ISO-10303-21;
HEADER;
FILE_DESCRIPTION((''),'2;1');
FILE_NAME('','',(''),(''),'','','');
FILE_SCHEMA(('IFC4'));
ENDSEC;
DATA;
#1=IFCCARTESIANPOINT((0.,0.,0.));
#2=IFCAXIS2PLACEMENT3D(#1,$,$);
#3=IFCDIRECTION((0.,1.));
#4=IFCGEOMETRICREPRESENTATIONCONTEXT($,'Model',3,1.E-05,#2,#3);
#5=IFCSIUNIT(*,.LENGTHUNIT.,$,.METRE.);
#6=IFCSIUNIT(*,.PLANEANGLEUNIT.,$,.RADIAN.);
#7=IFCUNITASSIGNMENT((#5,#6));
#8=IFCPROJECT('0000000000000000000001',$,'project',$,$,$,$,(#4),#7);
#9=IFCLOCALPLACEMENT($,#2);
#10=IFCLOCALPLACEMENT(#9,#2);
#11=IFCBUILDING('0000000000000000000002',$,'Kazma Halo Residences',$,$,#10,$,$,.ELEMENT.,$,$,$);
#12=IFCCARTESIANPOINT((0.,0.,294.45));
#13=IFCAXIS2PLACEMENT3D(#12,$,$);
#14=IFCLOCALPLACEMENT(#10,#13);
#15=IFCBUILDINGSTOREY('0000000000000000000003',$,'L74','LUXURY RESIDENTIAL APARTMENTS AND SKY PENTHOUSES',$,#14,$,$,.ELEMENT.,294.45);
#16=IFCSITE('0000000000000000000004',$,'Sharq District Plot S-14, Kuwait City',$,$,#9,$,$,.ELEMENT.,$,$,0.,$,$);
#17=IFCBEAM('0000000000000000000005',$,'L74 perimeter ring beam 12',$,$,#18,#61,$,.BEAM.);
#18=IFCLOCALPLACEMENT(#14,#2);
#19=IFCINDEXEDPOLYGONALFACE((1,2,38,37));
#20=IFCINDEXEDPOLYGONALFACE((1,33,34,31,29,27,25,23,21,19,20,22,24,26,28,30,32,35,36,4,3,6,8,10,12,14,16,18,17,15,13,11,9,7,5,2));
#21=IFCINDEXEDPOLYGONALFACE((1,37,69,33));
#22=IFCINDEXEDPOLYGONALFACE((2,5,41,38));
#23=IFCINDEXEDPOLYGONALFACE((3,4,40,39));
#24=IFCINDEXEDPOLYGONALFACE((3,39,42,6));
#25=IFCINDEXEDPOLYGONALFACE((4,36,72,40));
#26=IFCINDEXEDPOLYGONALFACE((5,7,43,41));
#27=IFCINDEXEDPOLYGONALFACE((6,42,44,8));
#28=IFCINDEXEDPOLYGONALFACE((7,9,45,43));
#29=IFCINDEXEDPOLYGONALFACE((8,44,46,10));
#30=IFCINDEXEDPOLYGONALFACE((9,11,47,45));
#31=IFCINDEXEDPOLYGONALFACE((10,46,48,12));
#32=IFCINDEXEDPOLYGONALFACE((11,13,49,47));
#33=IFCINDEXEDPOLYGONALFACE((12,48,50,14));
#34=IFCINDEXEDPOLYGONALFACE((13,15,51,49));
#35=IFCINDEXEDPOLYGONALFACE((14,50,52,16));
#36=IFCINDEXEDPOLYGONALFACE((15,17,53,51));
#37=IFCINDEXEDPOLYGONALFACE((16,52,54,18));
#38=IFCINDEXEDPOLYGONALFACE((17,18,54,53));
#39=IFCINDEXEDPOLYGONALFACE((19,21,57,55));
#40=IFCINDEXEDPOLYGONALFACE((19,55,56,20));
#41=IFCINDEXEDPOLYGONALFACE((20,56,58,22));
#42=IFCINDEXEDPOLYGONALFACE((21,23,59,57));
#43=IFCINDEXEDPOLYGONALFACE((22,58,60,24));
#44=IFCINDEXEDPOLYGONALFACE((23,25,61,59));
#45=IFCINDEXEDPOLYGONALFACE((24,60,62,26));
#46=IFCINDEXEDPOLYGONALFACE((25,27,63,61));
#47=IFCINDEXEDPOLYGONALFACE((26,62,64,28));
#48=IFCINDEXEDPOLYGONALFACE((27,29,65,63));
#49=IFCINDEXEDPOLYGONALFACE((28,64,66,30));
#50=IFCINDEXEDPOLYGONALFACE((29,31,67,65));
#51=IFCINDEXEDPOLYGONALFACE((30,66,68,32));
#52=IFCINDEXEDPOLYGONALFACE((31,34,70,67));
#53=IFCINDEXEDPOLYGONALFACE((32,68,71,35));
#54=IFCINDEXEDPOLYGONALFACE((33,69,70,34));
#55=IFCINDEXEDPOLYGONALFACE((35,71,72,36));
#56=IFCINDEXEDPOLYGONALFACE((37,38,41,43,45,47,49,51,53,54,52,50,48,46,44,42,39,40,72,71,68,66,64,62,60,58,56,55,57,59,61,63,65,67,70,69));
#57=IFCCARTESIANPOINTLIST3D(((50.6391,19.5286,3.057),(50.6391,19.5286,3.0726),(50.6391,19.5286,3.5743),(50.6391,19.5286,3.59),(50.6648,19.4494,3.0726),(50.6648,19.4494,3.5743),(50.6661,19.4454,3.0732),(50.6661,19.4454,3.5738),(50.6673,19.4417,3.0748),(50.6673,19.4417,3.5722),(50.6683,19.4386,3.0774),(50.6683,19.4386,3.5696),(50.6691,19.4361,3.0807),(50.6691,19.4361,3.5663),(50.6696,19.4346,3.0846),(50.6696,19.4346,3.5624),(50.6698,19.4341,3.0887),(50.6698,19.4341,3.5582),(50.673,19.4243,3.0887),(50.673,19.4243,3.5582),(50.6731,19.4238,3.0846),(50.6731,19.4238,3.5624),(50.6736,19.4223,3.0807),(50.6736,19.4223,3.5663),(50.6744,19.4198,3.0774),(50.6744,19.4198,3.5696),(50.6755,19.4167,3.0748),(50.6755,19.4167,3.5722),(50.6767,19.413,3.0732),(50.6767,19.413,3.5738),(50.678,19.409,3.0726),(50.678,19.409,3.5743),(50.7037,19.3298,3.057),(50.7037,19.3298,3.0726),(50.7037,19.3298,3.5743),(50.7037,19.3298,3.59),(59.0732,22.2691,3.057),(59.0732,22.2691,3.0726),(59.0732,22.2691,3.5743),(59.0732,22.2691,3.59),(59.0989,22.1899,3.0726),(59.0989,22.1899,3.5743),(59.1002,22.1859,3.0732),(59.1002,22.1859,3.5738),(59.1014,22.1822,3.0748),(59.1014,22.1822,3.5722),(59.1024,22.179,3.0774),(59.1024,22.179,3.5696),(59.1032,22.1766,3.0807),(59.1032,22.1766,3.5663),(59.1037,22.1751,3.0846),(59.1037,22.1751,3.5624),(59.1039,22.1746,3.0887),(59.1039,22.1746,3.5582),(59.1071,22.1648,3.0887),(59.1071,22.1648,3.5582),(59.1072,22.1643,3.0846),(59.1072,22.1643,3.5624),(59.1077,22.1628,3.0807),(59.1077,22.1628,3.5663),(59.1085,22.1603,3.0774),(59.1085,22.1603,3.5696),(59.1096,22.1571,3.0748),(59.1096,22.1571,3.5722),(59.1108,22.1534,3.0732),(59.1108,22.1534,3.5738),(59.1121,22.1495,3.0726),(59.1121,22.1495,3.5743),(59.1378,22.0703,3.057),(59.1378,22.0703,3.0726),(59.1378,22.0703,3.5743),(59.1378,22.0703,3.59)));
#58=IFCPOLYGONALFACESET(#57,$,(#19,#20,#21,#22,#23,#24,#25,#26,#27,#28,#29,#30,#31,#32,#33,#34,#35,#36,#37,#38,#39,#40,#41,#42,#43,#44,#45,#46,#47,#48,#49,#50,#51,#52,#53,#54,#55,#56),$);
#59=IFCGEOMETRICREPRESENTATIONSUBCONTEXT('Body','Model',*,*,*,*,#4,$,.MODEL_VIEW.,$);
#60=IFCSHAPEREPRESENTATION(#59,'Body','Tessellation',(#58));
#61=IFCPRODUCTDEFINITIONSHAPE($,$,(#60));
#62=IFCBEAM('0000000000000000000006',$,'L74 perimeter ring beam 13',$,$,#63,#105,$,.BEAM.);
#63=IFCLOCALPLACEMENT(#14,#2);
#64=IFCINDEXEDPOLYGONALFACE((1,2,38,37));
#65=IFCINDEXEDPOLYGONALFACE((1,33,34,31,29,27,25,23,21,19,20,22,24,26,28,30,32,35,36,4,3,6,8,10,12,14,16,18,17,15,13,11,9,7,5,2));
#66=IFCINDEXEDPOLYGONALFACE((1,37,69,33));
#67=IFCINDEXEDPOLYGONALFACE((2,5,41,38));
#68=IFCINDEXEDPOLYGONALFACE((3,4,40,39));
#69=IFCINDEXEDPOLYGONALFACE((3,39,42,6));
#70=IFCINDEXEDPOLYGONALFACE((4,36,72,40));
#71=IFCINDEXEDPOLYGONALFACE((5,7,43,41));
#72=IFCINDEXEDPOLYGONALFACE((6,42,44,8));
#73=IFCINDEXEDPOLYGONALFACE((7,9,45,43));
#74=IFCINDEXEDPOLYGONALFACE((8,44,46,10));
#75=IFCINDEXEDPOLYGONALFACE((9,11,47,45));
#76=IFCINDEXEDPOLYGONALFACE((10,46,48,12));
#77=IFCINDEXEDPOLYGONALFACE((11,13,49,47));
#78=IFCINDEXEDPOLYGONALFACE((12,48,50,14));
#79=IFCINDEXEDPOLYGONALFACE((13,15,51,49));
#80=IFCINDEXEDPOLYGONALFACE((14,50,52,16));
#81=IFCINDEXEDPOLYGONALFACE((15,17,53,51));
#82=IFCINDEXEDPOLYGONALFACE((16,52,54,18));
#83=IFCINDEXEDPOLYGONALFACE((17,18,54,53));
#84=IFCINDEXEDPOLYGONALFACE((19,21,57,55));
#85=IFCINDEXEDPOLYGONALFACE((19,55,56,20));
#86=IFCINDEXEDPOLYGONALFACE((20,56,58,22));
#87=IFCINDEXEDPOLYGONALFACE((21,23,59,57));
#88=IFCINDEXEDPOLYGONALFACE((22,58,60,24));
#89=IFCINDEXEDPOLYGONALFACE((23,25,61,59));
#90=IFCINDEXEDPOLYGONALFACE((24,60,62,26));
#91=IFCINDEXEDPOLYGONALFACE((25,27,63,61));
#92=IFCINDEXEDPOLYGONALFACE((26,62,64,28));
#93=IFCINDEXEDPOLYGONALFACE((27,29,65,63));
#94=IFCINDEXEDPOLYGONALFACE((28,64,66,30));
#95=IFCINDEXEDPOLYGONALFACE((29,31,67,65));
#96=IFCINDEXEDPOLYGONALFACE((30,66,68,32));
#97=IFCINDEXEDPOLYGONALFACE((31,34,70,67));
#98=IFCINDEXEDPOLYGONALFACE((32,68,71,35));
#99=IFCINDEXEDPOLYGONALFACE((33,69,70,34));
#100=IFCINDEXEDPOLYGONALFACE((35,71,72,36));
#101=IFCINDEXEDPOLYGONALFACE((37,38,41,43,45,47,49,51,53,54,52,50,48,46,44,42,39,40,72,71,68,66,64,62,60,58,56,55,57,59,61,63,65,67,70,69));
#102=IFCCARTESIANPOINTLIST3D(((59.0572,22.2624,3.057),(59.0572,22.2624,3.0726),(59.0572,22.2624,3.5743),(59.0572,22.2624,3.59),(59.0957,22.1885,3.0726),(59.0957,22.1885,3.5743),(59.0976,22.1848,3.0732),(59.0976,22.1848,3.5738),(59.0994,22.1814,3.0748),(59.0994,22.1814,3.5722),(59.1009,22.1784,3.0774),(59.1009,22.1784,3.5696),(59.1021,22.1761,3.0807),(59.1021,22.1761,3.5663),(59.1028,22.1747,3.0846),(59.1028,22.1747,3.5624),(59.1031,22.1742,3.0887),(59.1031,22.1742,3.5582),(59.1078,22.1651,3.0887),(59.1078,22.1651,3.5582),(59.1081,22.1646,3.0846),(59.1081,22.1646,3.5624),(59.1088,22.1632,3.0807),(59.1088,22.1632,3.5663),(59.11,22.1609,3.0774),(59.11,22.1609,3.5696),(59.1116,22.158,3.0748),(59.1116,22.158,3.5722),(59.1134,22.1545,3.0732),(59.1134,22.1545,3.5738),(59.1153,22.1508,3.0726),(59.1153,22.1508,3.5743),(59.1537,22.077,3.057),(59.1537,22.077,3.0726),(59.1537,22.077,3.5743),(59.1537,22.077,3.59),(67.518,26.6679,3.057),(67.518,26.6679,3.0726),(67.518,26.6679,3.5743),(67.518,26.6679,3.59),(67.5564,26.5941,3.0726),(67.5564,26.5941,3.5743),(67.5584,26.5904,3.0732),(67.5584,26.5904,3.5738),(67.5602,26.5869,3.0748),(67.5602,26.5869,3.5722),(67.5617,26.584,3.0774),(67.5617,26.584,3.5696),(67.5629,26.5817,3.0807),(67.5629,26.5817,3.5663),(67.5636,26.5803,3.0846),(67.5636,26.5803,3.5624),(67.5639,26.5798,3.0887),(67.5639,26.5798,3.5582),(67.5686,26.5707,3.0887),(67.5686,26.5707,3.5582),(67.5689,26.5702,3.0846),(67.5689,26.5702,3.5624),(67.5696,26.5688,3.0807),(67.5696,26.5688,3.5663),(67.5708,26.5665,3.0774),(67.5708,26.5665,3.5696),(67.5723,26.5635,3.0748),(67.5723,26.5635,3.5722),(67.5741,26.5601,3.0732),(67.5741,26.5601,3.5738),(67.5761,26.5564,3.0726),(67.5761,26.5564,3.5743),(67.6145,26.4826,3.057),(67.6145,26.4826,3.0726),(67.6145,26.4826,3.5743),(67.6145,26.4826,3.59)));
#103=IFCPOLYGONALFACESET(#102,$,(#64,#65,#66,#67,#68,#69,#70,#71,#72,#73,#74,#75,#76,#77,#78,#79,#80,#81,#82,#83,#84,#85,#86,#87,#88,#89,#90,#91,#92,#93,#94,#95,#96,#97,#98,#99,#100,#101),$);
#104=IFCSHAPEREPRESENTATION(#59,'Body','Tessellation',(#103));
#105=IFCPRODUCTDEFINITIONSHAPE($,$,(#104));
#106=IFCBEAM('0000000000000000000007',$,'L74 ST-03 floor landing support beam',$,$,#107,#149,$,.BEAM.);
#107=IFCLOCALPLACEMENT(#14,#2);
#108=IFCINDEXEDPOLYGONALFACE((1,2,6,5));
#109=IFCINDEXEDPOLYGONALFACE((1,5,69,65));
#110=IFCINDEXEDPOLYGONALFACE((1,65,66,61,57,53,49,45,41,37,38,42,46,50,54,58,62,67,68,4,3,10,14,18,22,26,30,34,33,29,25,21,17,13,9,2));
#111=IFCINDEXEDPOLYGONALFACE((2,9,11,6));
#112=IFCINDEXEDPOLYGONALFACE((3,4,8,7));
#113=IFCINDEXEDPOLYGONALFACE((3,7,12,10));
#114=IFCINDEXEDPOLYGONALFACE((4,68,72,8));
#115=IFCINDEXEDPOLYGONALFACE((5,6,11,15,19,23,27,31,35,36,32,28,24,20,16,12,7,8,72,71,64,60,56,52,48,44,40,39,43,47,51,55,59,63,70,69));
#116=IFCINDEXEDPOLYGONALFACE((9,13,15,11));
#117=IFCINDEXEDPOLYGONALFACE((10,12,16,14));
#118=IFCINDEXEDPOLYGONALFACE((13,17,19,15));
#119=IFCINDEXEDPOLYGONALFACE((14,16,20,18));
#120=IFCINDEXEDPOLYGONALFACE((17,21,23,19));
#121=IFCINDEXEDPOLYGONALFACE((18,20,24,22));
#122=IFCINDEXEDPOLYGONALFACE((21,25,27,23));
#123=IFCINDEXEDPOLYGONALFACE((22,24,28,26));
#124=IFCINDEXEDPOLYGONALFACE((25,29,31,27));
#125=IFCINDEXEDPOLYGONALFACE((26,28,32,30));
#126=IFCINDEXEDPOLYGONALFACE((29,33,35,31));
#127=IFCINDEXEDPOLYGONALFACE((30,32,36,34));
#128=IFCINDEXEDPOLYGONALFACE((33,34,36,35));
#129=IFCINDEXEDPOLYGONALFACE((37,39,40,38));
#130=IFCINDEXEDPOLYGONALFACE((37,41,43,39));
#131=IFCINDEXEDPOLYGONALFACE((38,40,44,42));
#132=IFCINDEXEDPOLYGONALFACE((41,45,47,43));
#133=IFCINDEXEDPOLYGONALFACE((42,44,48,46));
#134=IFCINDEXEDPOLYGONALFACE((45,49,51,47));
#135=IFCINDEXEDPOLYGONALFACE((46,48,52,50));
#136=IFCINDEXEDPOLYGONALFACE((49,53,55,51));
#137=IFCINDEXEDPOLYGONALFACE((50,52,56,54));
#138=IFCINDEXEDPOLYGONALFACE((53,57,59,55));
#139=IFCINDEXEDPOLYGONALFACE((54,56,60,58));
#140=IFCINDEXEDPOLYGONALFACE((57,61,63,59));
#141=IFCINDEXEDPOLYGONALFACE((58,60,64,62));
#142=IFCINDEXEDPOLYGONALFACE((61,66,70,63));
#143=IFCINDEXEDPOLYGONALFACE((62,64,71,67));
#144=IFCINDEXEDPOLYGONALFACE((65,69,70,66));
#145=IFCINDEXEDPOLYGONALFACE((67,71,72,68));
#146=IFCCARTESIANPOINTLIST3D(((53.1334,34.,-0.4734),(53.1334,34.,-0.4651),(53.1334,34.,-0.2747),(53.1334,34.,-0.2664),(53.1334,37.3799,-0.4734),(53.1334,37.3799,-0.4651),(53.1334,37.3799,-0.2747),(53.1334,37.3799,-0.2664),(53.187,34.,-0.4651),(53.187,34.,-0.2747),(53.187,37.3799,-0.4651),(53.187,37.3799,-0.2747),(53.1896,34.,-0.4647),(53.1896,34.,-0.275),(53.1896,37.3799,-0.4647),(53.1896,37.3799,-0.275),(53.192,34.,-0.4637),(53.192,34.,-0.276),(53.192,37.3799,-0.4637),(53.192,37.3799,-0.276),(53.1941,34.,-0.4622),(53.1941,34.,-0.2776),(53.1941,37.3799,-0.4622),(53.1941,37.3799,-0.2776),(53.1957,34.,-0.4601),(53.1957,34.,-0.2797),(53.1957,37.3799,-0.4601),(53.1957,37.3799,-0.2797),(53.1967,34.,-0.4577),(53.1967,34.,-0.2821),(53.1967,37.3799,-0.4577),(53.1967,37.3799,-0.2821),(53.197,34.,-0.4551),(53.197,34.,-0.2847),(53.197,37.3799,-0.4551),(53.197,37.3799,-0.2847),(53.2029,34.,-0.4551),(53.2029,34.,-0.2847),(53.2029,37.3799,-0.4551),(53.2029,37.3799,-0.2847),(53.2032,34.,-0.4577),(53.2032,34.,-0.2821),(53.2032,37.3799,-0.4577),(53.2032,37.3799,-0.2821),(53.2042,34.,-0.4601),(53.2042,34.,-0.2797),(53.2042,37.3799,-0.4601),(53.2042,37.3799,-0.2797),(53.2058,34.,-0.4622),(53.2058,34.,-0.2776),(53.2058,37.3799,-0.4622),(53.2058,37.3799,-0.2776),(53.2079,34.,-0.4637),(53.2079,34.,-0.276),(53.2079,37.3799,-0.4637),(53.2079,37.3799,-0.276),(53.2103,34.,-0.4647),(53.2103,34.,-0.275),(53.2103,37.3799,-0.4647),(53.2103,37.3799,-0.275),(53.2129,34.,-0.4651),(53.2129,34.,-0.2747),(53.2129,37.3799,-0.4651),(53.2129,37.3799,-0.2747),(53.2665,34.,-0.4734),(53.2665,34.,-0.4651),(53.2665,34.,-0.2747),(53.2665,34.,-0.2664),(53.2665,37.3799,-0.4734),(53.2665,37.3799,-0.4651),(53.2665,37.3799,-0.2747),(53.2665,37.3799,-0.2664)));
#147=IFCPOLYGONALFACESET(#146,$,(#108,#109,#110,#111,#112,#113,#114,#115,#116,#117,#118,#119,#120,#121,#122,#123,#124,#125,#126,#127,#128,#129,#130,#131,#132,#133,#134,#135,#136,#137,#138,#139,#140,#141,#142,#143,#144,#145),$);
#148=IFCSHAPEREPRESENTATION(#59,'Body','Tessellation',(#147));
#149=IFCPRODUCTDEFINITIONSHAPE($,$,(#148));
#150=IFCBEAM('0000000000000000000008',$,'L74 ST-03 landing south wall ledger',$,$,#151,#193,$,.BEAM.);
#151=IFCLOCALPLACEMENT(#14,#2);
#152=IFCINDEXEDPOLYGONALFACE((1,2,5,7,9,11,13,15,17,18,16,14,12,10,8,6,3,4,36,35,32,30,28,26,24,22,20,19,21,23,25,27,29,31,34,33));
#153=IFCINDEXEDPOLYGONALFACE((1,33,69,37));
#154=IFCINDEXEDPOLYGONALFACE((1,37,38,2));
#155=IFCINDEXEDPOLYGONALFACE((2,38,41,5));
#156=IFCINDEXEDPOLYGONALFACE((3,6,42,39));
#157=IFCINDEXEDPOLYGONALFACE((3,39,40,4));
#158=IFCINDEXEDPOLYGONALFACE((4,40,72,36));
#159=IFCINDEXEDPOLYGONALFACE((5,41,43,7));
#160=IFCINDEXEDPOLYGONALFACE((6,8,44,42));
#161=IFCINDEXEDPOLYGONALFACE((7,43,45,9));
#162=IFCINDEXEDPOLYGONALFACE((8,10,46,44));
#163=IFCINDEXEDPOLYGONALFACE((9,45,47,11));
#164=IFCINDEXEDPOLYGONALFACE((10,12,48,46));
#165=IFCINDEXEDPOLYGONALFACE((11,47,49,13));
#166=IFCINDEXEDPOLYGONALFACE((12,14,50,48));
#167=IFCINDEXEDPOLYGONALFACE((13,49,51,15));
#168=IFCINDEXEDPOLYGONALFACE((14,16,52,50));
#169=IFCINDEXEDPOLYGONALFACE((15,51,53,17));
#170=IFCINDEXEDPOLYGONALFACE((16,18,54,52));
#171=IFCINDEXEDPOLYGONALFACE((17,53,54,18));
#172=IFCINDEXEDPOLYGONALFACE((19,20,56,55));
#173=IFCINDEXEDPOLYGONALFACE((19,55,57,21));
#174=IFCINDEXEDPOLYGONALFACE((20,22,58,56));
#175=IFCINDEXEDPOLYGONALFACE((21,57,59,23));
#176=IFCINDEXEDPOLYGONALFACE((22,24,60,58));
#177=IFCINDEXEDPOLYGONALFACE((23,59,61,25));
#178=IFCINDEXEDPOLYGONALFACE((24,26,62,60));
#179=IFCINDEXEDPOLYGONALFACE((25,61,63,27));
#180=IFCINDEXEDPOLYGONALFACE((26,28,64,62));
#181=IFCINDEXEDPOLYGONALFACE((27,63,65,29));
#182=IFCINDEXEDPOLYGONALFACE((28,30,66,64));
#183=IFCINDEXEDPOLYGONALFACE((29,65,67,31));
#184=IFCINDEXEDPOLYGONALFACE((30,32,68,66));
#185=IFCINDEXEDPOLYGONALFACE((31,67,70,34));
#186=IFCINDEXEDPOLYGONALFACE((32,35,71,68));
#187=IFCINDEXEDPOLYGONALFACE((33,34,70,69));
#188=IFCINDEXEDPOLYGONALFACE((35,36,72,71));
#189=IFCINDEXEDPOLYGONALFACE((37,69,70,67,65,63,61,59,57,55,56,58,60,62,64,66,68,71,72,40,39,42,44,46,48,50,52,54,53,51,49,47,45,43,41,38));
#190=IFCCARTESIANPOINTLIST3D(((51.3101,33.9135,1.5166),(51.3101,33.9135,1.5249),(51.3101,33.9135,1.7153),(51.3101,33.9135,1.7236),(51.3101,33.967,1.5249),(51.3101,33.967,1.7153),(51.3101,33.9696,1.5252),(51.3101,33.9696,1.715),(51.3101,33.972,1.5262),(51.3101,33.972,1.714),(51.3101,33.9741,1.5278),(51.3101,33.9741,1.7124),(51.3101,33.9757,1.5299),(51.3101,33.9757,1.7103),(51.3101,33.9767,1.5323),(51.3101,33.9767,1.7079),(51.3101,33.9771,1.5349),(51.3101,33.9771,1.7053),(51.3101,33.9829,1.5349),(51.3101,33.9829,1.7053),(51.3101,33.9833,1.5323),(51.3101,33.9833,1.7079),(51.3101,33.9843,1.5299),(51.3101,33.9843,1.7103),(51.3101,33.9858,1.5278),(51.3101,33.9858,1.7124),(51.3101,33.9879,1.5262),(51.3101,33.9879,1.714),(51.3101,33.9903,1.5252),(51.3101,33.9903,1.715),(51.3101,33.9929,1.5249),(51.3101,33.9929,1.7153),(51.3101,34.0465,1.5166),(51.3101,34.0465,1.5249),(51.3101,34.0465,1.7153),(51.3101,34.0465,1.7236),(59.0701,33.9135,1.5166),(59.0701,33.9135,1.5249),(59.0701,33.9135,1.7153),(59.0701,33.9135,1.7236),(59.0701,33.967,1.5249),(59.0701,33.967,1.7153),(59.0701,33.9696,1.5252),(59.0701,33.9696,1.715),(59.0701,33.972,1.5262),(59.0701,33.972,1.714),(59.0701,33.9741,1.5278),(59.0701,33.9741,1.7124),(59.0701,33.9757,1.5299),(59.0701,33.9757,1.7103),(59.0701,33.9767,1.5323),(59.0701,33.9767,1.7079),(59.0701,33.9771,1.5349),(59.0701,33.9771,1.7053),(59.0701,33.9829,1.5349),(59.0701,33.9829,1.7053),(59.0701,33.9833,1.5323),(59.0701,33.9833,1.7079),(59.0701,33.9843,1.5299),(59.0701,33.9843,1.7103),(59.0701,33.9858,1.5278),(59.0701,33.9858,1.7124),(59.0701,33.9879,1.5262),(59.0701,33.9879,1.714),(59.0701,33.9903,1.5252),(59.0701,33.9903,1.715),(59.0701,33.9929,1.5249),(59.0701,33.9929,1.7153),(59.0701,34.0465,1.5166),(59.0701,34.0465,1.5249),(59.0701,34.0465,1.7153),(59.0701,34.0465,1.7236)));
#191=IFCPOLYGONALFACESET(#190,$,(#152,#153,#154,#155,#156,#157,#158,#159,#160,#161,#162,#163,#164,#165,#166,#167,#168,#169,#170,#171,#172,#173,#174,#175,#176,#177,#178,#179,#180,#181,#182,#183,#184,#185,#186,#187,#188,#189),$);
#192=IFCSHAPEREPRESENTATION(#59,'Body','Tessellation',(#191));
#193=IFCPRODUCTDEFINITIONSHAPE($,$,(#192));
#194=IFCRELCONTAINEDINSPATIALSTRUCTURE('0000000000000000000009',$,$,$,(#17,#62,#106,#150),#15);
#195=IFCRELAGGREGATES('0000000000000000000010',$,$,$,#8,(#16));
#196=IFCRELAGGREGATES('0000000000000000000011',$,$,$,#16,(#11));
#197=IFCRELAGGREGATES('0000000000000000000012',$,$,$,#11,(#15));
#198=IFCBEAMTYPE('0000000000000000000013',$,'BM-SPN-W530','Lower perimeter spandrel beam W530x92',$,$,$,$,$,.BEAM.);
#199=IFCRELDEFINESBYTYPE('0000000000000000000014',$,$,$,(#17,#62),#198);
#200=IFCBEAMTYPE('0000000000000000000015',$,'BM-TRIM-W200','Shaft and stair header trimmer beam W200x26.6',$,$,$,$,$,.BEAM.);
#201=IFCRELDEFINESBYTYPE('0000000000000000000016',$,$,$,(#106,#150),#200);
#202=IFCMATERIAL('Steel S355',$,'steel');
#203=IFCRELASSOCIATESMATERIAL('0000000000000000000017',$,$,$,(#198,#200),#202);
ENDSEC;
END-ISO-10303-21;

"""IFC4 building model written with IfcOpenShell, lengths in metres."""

from ifc_helpers import new_model, si_unit, direction, frame, origin, origin_2d, place, context, subcontext, project, spatial, i_section, extrude, material, material_profile, profile_set, type_object, element, save


model = new_model("IFC4")

# Units and contexts
model_context = context("Model", 3, precision=1e-05, world=origin(), true_north=direction((0.0, 1.0)))
body_context = subcontext(model_context, "Body", "Model", "MODEL_VIEW")
ifc_project = project(units=[si_unit("LENGTHUNIT", "METRE"), si_unit("PLANEANGLEUNIT", "RADIAN")], contexts=[model_context])

# Site, building, storey
site_placement = place(None, origin())
site = spatial("IfcSite", under=ifc_project, at=site_placement, Name="Sharq District Plot S-14, Kuwait City", CompositionType="ELEMENT", RefElevation=0.0)
building_placement = place(site_placement, origin())
building = spatial("IfcBuilding", under=site, at=building_placement, Name="Kazma Halo Residences", CompositionType="ELEMENT")
storey_placement = place(building_placement, frame((0.0, 0.0, 294.45)))
storey = spatial("IfcBuildingStorey", under=building, at=storey_placement, Name="L74", Description="LUXURY RESIDENTIAL APARTMENTS AND SKY PENTHOUSES", CompositionType="ELEMENT", Elevation=294.45)

# Beams
ifc_material_1 = material(Name="Steel S355", Category="steel")
ifc_material_profile_1 = material_profile(ifc_material_1, i_section(OverallWidth=0.209, OverallDepth=0.533, WebThickness=0.0103, FlangeThickness=0.0156, FilletRadius=0.0161, at=origin_2d()), Name="W530x92")
ifc_profile_set_1 = profile_set([ifc_material_profile_1], Name="Steel S355")
beam_type_1 = type_object("IfcBeamType", Name="BM-SPN-W530", Description="Lower perimeter spandrel beam W530x92", PredefinedType="BEAM", material=ifc_profile_set_1)
beam_1_placement = place(storey_placement, frame((50.6714, 19.4292, 3.3235), z_axis=(0.951054, 0.309025, 0.0), x_axis=(-0.309025, 0.951054, 0.0)))
element("IfcBeam", 1, at=beam_1_placement, inside=storey, type_object=beam_type_1, Name="L74 perimeter ring beam 12", PredefinedType="BEAM", context=body_context, shape_type="SweptSolid", body=[
    extrude(i_section(OverallWidth=0.209, OverallDepth=0.533, WebThickness=0.0103, FlangeThickness=0.0156, FilletRadius=0.0161, at=origin_2d()), origin(), (0.0, 0.0, 1.0), 8.8682),
])
beam_2_placement = place(storey_placement, frame((59.1055, 22.1697, 3.3235), z_axis=(0.886961, 0.461844, 0.0), x_axis=(-0.461844, 0.886961, 0.0)))
element("IfcBeam", 2, at=beam_2_placement, inside=storey, type_object=beam_type_1, Name="L74 perimeter ring beam 13", PredefinedType="BEAM", context=body_context, shape_type="SweptSolid", body=[
    extrude(i_section(OverallWidth=0.209, OverallDepth=0.533, WebThickness=0.0103, FlangeThickness=0.0156, FilletRadius=0.0161, at=origin_2d()), origin(), (0.0, 0.0, 1.0), 9.5391),
])
ifc_material_profile_2 = material_profile(ifc_material_1, i_section(OverallWidth=0.1331, OverallDepth=0.207, WebThickness=0.0059, FlangeThickness=0.0083, FilletRadius=0.01, at=origin_2d()), Name="W200x26.6")
ifc_profile_set_2 = profile_set([ifc_material_profile_2], Name="Steel S355")
beam_type_2 = type_object("IfcBeamType", Name="BM-TRIM-W200", Description="Shaft and stair header trimmer beam W200x26.6", PredefinedType="BEAM", material=ifc_profile_set_2)
beam_3_placement = place(storey_placement, frame((53.2, 34.0, -0.3699), z_axis=(0.0, 1.0, 0.0), x_axis=(-1.0, 0.0, 0.0)))
element("IfcBeam", 3, at=beam_3_placement, inside=storey, type_object=beam_type_2, Name="L74 ST-03 floor landing support beam", PredefinedType="BEAM", context=body_context, shape_type="SweptSolid", body=[
    extrude(i_section(OverallWidth=0.1331, OverallDepth=0.207, WebThickness=0.0059, FlangeThickness=0.0083, FilletRadius=0.01, at=origin_2d()), origin(), (0.0, 0.0, 1.0), 3.3799),
])
beam_4_placement = place(storey_placement, frame((51.3101, 33.98, 1.6201), z_axis=(1.0, 0.0, 0.0), x_axis=(0.0, 1.0, 0.0)))
element("IfcBeam", 4, at=beam_4_placement, inside=storey, type_object=beam_type_2, Name="L74 ST-03 landing south wall ledger", PredefinedType="BEAM", context=body_context, shape_type="SweptSolid", body=[
    extrude(i_section(OverallWidth=0.1331, OverallDepth=0.207, WebThickness=0.0059, FlangeThickness=0.0083, FilletRadius=0.01, at=origin_2d()), origin(), (0.0, 0.0, 1.0), 7.76),
])

save(model, "model.ifc")
